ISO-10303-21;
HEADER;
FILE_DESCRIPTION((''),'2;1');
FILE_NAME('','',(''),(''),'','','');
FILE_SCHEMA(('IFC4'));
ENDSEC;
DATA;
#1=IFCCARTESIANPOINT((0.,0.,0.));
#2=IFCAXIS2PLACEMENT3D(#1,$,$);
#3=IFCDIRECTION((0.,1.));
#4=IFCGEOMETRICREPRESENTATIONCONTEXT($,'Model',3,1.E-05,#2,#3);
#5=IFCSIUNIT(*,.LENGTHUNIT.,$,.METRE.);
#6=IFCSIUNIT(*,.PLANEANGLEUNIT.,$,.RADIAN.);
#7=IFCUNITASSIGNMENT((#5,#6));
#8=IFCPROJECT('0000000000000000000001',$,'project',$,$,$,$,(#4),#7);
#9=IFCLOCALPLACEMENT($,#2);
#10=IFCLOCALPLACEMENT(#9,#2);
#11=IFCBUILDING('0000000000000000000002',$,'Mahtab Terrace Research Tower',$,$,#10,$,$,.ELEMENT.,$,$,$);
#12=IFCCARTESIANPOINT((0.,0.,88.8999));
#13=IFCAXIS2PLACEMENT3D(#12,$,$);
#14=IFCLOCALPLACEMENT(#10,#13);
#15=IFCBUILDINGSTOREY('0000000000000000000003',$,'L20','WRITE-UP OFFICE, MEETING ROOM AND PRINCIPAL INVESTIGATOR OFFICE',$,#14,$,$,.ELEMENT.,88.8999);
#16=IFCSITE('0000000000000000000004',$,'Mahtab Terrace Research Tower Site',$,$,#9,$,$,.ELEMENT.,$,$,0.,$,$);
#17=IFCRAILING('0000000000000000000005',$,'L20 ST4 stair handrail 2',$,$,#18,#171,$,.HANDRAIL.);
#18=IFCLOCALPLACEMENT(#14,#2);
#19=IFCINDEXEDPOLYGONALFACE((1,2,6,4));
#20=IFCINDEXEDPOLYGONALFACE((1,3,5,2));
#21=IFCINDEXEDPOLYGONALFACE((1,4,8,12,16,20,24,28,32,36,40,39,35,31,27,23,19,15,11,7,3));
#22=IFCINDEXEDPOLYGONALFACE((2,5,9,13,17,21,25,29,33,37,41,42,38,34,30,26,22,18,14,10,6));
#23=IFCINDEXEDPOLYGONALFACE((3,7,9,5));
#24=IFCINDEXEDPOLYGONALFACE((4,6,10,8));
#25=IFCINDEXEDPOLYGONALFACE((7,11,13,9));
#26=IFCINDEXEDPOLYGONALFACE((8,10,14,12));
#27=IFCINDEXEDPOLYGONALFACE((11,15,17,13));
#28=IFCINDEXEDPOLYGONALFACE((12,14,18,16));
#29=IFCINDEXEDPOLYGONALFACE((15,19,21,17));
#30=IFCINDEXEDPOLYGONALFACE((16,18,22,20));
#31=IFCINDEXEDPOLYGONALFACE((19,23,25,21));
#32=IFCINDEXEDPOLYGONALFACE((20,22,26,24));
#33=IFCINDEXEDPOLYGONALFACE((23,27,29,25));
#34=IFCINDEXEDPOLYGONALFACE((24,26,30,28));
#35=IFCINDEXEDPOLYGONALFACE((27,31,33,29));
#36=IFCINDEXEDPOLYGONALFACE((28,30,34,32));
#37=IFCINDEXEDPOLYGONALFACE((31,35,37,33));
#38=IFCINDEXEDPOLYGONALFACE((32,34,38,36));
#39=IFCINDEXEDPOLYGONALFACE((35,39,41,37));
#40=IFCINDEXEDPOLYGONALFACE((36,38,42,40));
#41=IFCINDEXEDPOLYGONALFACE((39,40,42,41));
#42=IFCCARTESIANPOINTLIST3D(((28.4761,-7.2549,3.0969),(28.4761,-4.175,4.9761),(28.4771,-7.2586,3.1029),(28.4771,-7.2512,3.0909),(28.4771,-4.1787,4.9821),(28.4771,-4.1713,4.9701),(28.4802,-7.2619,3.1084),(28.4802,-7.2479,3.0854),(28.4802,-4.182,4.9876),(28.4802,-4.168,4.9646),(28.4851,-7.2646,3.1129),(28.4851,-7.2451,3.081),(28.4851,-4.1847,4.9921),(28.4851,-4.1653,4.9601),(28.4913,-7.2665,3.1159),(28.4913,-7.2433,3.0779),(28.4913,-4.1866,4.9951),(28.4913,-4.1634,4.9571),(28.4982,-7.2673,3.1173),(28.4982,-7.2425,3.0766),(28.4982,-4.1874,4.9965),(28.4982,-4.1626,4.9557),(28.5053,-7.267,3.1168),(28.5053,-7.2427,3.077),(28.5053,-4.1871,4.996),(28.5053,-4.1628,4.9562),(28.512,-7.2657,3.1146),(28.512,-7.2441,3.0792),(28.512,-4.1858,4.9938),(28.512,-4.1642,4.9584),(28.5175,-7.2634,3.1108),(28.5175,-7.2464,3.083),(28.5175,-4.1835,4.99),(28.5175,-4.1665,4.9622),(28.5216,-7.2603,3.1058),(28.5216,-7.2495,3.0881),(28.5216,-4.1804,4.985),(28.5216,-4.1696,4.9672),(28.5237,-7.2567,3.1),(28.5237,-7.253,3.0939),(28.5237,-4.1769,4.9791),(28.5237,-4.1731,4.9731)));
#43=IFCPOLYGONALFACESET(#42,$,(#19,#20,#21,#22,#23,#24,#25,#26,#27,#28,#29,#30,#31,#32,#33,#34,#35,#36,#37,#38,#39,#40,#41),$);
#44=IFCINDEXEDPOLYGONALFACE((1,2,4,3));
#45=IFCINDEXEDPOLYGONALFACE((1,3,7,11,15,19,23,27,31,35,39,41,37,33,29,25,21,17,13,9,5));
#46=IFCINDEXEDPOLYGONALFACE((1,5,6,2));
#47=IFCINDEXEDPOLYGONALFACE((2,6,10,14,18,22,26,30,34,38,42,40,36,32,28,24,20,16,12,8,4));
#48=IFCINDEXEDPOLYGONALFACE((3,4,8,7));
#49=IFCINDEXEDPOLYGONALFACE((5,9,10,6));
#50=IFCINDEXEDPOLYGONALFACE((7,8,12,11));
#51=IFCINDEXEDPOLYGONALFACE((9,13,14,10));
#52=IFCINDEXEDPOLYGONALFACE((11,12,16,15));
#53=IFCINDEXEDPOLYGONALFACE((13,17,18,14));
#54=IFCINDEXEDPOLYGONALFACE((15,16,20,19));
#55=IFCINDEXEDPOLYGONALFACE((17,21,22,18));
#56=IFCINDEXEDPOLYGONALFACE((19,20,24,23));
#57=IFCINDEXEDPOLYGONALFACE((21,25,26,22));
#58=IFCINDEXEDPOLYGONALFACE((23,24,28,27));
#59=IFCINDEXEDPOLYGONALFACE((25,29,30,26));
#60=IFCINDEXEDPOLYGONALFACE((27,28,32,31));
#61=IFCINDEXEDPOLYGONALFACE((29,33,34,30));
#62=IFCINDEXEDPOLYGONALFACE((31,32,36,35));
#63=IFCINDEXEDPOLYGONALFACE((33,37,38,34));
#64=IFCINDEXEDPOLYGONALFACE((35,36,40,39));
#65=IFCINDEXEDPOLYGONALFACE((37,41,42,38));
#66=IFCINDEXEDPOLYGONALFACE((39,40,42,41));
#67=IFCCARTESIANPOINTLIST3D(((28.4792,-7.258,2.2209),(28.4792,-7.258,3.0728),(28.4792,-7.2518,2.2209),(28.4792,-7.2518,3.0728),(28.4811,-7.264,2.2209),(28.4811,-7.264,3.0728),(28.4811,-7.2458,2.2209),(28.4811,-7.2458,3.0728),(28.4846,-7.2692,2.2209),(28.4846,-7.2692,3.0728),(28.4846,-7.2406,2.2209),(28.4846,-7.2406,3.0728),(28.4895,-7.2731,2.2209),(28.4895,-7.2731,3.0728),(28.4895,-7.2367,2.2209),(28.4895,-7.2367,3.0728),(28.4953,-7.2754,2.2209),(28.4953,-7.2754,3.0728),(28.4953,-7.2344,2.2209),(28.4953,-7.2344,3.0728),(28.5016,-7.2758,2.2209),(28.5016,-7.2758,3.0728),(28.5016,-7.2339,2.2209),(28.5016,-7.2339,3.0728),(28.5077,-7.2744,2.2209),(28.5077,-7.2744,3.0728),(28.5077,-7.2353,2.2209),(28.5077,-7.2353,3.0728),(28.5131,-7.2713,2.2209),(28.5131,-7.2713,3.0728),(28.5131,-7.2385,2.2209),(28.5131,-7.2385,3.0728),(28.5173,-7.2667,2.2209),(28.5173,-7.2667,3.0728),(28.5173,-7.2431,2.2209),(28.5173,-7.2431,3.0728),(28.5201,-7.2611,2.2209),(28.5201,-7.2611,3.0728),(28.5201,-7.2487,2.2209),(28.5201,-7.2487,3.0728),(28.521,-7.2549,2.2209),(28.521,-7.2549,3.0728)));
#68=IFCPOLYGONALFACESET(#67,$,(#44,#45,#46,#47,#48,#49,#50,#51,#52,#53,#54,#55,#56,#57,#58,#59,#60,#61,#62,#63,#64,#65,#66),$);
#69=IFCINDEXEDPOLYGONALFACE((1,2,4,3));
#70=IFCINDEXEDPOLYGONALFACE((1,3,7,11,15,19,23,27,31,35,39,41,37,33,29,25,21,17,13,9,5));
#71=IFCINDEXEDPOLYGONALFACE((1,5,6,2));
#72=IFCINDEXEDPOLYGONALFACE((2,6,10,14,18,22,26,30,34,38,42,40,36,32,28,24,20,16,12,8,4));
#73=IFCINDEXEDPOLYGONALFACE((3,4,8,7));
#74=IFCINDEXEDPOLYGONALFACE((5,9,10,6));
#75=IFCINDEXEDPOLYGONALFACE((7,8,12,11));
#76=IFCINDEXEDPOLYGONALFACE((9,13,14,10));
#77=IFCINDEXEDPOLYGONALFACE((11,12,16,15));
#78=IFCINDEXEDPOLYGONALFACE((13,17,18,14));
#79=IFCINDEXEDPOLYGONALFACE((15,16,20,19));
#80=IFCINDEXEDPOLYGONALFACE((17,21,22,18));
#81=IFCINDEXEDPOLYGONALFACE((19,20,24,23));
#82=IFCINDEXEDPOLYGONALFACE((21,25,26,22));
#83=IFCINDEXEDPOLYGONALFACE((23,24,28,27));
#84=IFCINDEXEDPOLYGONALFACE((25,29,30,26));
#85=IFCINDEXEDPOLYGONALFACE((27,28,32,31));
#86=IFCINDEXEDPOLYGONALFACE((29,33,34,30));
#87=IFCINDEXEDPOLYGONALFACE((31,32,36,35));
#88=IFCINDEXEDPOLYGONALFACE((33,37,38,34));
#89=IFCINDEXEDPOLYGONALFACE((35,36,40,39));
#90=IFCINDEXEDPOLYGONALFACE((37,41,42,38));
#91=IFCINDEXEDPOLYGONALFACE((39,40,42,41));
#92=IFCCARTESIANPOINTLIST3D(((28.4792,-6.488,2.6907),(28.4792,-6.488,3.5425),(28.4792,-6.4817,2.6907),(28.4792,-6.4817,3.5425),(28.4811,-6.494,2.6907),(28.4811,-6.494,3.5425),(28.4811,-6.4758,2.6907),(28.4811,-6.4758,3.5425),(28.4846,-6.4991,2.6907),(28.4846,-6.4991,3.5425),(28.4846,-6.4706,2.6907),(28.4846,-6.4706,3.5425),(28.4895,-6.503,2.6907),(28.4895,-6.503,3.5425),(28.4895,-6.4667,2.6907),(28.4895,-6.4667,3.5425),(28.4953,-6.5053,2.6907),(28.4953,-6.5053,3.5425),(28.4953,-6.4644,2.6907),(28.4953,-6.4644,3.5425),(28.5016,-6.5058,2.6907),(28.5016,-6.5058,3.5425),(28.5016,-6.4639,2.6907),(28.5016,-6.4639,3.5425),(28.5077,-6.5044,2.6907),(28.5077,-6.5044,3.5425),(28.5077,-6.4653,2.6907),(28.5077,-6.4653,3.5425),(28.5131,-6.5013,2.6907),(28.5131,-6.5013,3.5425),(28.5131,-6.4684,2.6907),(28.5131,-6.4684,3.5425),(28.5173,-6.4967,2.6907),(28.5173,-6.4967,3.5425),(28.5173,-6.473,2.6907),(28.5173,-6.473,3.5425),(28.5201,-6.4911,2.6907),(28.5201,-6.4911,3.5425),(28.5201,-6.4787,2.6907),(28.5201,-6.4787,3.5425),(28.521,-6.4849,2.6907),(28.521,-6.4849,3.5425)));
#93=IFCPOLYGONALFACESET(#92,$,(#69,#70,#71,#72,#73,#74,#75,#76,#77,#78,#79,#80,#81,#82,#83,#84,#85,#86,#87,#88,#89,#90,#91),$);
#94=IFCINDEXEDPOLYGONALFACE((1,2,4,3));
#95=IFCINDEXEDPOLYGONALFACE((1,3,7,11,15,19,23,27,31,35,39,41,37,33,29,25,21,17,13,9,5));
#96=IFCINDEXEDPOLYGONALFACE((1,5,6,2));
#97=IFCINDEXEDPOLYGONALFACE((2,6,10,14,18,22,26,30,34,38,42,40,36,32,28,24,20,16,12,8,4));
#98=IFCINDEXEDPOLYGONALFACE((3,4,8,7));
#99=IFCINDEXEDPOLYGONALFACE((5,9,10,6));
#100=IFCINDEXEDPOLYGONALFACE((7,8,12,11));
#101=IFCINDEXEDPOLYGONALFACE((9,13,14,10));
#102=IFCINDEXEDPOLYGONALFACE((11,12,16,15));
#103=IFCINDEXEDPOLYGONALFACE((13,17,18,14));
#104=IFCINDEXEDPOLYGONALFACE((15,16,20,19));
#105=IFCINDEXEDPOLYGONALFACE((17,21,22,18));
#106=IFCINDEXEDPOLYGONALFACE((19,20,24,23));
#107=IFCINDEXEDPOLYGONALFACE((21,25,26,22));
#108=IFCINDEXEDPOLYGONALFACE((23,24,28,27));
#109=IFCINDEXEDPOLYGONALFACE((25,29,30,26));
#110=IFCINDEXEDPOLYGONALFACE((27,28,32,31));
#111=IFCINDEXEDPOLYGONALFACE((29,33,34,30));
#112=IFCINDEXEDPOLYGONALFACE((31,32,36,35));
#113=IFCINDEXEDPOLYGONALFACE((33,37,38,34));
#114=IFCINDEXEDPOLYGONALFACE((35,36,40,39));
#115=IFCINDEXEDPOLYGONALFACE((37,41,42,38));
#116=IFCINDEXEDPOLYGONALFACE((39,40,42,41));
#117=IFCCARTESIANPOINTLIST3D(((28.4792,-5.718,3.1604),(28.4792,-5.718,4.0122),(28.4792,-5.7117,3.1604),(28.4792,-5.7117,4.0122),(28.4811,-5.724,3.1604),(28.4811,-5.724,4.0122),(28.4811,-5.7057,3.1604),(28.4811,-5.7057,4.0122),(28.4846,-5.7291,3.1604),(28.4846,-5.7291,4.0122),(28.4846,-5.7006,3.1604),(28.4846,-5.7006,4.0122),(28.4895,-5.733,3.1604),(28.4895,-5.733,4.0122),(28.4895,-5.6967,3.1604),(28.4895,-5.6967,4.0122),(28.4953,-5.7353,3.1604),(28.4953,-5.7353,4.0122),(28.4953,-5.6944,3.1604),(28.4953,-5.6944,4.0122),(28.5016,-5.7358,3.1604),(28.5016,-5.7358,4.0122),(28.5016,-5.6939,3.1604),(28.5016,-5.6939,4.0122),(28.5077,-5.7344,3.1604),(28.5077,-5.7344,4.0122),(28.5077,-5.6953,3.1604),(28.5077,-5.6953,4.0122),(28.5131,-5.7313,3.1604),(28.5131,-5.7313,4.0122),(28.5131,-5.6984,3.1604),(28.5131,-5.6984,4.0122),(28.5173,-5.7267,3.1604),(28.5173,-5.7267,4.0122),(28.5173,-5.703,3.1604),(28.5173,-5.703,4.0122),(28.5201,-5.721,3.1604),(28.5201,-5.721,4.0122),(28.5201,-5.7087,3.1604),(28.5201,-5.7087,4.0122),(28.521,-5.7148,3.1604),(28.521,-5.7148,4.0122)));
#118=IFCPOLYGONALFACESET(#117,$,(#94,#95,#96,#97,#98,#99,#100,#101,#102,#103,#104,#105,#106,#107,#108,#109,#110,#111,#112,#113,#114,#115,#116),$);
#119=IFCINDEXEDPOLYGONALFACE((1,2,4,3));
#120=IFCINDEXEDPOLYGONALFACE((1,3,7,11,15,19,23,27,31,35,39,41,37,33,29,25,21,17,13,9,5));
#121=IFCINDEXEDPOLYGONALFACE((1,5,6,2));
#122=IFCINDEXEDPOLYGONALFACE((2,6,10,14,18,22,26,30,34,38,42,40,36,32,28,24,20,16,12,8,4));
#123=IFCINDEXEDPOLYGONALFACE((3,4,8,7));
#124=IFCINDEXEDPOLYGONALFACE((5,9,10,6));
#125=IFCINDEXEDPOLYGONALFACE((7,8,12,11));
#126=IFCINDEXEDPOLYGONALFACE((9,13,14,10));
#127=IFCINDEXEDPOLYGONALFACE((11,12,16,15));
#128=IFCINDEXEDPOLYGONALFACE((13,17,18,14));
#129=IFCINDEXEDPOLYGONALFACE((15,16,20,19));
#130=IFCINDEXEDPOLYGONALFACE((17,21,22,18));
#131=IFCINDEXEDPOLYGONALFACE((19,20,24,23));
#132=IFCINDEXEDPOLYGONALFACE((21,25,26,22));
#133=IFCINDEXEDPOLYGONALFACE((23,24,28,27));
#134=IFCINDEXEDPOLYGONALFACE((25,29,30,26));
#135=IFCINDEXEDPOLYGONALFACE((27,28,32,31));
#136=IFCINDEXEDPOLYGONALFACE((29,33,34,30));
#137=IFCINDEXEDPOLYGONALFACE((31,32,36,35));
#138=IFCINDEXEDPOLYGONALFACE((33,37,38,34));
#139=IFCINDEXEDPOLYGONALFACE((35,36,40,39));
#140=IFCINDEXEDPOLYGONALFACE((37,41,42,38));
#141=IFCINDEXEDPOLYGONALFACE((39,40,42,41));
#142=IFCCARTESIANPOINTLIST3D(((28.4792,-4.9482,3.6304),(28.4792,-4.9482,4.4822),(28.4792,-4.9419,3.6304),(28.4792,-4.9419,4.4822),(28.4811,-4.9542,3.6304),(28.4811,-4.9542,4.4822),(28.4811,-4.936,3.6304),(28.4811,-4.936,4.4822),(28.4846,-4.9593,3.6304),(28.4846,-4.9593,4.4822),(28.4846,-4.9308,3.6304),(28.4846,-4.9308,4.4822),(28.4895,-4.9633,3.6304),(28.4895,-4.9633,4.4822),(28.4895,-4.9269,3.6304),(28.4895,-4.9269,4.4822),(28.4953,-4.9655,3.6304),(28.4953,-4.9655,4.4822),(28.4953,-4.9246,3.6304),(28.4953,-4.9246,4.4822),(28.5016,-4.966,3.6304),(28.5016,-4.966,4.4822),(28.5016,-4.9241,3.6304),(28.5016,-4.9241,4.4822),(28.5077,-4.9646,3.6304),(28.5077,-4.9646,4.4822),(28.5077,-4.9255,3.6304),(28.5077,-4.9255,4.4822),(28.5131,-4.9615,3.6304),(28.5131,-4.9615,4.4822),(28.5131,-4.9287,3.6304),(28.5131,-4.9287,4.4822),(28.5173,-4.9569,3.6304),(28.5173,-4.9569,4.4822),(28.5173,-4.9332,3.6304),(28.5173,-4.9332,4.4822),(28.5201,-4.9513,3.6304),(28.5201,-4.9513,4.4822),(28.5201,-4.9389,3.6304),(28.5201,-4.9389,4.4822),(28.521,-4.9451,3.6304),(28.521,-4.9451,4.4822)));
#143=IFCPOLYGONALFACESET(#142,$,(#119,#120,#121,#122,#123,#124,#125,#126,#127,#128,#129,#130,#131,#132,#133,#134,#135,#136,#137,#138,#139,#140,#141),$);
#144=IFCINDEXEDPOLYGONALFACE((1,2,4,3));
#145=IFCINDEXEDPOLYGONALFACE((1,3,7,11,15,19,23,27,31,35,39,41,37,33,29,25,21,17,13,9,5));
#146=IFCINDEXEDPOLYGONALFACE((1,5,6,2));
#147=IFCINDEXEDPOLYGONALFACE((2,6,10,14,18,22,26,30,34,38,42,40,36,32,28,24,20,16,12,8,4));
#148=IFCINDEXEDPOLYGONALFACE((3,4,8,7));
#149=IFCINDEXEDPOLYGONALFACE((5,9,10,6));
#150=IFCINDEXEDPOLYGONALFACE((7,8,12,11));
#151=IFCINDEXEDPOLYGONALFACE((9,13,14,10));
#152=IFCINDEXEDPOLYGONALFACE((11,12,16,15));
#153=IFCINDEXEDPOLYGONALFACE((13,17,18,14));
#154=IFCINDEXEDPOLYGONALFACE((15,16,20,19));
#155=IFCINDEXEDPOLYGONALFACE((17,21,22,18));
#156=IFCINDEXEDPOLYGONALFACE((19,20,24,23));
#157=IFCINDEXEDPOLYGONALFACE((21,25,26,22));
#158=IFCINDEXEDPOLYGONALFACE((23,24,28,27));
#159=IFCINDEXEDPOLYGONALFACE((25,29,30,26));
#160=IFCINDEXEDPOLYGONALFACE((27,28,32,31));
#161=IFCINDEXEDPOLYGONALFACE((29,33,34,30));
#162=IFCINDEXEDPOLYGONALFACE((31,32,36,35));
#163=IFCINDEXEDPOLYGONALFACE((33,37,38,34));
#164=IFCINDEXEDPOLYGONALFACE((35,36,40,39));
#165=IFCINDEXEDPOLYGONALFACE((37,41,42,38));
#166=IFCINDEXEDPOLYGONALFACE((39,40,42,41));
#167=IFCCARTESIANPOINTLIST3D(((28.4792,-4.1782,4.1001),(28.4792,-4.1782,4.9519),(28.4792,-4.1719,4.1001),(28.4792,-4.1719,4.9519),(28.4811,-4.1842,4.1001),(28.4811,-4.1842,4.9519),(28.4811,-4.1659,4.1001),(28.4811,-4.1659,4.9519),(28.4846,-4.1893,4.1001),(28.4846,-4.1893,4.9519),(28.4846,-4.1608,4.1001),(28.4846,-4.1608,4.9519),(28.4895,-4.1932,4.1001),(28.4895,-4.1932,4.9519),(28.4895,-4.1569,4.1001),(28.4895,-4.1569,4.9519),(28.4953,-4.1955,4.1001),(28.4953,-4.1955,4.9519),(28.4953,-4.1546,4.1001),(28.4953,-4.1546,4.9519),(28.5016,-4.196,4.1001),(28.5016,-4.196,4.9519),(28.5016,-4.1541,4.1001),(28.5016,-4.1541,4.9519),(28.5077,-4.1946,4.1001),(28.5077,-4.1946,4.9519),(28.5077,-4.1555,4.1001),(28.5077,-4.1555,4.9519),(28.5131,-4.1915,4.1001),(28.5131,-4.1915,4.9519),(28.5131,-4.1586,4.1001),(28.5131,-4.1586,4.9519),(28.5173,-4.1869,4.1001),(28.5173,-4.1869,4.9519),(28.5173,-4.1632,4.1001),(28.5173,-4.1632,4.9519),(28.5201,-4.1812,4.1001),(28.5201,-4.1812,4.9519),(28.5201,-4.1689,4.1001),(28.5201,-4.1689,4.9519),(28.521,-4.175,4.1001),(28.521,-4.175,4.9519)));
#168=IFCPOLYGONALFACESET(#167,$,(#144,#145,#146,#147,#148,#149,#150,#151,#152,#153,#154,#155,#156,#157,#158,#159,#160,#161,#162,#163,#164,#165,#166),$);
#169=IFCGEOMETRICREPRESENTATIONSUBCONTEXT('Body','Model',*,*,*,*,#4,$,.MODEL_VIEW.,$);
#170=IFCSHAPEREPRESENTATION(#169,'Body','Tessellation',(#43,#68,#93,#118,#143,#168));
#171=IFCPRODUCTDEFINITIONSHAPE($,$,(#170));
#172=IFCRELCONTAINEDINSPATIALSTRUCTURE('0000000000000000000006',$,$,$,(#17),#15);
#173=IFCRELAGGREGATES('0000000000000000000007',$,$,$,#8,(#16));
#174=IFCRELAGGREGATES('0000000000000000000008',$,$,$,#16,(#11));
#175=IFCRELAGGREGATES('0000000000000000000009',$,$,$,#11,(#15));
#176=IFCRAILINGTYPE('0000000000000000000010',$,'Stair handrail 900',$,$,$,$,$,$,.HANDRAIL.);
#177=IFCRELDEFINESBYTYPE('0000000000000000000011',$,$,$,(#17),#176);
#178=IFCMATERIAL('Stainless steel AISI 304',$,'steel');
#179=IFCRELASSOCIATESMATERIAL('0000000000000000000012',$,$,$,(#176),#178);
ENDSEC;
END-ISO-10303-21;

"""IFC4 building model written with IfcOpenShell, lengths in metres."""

from ifc_helpers import new_model, si_unit, direction, frame, origin, origin_2d, place, context, subcontext, project, spatial, circle, extrude, material, type_object, element, save


model = new_model("IFC4")

# Units and contexts
model_context = context("Model", 3, precision=1e-05, world=origin(), true_north=direction((0.0, 1.0)))
body_context = subcontext(model_context, "Body", "Model", "MODEL_VIEW")
ifc_project = project(units=[si_unit("LENGTHUNIT", "METRE"), si_unit("PLANEANGLEUNIT", "RADIAN")], contexts=[model_context])

# Site, building, storey
site_placement = place(None, origin())
site = spatial("IfcSite", under=ifc_project, at=site_placement, Name="Mahtab Terrace Research Tower Site", CompositionType="ELEMENT", RefElevation=0.0)
building_placement = place(site_placement, origin())
building = spatial("IfcBuilding", under=site, at=building_placement, Name="Mahtab Terrace Research Tower", CompositionType="ELEMENT")
storey_placement = place(building_placement, frame((0.0, 0.0, 88.8999)))
storey = spatial("IfcBuildingStorey", under=building, at=storey_placement, Name="L20", Description="WRITE-UP OFFICE, MEETING ROOM AND PRINCIPAL INVESTIGATOR OFFICE", CompositionType="ELEMENT", Elevation=88.8999)

# Railing
ifc_material_1 = material(Name="Stainless steel AISI 304", Category="steel")
railing_type_1 = type_object("IfcRailingType", Name="Stair handrail 900", PredefinedType="HANDRAIL", material=ifc_material_1)
railing_1_placement = place(storey_placement, frame((28.5, -7.2549, 2.2209)))
element("IfcRailing", 1, at=railing_1_placement, inside=storey, type_object=railing_type_1, Name="L20 ST4 stair handrail 2", PredefinedType="HANDRAIL", context=body_context, shape_type="SweptSolid", body=[
    extrude(circle(Radius=0.0239, at=origin_2d()), frame((0.0, 0.0, 0.876), z_axis=(0.0, 0.853648, 0.52085), x_axis=(-1.0, 0.0, 0.0)), (0.0, 0.0, 1.0), 3.6079),
    extrude(circle(Radius=0.021, at=origin_2d()), origin(), (0.0, 0.0, 1.0), 0.8518),
    extrude(circle(Radius=0.021, at=origin_2d()), frame((0.0, 0.77, 0.4697)), (0.0, 0.0, 1.0), 0.8518),
    extrude(circle(Radius=0.021, at=origin_2d()), frame((0.0, 1.54, 0.9395)), (0.0, 0.0, 1.0), 0.8518),
    extrude(circle(Radius=0.021, at=origin_2d()), frame((0.0, 2.3098, 1.4094)), (0.0, 0.0, 1.0), 0.8518),
    extrude(circle(Radius=0.021, at=origin_2d()), frame((0.0, 3.0798, 1.8792)), (0.0, 0.0, 1.0), 0.8518),
])

save(model, "model.ifc")
